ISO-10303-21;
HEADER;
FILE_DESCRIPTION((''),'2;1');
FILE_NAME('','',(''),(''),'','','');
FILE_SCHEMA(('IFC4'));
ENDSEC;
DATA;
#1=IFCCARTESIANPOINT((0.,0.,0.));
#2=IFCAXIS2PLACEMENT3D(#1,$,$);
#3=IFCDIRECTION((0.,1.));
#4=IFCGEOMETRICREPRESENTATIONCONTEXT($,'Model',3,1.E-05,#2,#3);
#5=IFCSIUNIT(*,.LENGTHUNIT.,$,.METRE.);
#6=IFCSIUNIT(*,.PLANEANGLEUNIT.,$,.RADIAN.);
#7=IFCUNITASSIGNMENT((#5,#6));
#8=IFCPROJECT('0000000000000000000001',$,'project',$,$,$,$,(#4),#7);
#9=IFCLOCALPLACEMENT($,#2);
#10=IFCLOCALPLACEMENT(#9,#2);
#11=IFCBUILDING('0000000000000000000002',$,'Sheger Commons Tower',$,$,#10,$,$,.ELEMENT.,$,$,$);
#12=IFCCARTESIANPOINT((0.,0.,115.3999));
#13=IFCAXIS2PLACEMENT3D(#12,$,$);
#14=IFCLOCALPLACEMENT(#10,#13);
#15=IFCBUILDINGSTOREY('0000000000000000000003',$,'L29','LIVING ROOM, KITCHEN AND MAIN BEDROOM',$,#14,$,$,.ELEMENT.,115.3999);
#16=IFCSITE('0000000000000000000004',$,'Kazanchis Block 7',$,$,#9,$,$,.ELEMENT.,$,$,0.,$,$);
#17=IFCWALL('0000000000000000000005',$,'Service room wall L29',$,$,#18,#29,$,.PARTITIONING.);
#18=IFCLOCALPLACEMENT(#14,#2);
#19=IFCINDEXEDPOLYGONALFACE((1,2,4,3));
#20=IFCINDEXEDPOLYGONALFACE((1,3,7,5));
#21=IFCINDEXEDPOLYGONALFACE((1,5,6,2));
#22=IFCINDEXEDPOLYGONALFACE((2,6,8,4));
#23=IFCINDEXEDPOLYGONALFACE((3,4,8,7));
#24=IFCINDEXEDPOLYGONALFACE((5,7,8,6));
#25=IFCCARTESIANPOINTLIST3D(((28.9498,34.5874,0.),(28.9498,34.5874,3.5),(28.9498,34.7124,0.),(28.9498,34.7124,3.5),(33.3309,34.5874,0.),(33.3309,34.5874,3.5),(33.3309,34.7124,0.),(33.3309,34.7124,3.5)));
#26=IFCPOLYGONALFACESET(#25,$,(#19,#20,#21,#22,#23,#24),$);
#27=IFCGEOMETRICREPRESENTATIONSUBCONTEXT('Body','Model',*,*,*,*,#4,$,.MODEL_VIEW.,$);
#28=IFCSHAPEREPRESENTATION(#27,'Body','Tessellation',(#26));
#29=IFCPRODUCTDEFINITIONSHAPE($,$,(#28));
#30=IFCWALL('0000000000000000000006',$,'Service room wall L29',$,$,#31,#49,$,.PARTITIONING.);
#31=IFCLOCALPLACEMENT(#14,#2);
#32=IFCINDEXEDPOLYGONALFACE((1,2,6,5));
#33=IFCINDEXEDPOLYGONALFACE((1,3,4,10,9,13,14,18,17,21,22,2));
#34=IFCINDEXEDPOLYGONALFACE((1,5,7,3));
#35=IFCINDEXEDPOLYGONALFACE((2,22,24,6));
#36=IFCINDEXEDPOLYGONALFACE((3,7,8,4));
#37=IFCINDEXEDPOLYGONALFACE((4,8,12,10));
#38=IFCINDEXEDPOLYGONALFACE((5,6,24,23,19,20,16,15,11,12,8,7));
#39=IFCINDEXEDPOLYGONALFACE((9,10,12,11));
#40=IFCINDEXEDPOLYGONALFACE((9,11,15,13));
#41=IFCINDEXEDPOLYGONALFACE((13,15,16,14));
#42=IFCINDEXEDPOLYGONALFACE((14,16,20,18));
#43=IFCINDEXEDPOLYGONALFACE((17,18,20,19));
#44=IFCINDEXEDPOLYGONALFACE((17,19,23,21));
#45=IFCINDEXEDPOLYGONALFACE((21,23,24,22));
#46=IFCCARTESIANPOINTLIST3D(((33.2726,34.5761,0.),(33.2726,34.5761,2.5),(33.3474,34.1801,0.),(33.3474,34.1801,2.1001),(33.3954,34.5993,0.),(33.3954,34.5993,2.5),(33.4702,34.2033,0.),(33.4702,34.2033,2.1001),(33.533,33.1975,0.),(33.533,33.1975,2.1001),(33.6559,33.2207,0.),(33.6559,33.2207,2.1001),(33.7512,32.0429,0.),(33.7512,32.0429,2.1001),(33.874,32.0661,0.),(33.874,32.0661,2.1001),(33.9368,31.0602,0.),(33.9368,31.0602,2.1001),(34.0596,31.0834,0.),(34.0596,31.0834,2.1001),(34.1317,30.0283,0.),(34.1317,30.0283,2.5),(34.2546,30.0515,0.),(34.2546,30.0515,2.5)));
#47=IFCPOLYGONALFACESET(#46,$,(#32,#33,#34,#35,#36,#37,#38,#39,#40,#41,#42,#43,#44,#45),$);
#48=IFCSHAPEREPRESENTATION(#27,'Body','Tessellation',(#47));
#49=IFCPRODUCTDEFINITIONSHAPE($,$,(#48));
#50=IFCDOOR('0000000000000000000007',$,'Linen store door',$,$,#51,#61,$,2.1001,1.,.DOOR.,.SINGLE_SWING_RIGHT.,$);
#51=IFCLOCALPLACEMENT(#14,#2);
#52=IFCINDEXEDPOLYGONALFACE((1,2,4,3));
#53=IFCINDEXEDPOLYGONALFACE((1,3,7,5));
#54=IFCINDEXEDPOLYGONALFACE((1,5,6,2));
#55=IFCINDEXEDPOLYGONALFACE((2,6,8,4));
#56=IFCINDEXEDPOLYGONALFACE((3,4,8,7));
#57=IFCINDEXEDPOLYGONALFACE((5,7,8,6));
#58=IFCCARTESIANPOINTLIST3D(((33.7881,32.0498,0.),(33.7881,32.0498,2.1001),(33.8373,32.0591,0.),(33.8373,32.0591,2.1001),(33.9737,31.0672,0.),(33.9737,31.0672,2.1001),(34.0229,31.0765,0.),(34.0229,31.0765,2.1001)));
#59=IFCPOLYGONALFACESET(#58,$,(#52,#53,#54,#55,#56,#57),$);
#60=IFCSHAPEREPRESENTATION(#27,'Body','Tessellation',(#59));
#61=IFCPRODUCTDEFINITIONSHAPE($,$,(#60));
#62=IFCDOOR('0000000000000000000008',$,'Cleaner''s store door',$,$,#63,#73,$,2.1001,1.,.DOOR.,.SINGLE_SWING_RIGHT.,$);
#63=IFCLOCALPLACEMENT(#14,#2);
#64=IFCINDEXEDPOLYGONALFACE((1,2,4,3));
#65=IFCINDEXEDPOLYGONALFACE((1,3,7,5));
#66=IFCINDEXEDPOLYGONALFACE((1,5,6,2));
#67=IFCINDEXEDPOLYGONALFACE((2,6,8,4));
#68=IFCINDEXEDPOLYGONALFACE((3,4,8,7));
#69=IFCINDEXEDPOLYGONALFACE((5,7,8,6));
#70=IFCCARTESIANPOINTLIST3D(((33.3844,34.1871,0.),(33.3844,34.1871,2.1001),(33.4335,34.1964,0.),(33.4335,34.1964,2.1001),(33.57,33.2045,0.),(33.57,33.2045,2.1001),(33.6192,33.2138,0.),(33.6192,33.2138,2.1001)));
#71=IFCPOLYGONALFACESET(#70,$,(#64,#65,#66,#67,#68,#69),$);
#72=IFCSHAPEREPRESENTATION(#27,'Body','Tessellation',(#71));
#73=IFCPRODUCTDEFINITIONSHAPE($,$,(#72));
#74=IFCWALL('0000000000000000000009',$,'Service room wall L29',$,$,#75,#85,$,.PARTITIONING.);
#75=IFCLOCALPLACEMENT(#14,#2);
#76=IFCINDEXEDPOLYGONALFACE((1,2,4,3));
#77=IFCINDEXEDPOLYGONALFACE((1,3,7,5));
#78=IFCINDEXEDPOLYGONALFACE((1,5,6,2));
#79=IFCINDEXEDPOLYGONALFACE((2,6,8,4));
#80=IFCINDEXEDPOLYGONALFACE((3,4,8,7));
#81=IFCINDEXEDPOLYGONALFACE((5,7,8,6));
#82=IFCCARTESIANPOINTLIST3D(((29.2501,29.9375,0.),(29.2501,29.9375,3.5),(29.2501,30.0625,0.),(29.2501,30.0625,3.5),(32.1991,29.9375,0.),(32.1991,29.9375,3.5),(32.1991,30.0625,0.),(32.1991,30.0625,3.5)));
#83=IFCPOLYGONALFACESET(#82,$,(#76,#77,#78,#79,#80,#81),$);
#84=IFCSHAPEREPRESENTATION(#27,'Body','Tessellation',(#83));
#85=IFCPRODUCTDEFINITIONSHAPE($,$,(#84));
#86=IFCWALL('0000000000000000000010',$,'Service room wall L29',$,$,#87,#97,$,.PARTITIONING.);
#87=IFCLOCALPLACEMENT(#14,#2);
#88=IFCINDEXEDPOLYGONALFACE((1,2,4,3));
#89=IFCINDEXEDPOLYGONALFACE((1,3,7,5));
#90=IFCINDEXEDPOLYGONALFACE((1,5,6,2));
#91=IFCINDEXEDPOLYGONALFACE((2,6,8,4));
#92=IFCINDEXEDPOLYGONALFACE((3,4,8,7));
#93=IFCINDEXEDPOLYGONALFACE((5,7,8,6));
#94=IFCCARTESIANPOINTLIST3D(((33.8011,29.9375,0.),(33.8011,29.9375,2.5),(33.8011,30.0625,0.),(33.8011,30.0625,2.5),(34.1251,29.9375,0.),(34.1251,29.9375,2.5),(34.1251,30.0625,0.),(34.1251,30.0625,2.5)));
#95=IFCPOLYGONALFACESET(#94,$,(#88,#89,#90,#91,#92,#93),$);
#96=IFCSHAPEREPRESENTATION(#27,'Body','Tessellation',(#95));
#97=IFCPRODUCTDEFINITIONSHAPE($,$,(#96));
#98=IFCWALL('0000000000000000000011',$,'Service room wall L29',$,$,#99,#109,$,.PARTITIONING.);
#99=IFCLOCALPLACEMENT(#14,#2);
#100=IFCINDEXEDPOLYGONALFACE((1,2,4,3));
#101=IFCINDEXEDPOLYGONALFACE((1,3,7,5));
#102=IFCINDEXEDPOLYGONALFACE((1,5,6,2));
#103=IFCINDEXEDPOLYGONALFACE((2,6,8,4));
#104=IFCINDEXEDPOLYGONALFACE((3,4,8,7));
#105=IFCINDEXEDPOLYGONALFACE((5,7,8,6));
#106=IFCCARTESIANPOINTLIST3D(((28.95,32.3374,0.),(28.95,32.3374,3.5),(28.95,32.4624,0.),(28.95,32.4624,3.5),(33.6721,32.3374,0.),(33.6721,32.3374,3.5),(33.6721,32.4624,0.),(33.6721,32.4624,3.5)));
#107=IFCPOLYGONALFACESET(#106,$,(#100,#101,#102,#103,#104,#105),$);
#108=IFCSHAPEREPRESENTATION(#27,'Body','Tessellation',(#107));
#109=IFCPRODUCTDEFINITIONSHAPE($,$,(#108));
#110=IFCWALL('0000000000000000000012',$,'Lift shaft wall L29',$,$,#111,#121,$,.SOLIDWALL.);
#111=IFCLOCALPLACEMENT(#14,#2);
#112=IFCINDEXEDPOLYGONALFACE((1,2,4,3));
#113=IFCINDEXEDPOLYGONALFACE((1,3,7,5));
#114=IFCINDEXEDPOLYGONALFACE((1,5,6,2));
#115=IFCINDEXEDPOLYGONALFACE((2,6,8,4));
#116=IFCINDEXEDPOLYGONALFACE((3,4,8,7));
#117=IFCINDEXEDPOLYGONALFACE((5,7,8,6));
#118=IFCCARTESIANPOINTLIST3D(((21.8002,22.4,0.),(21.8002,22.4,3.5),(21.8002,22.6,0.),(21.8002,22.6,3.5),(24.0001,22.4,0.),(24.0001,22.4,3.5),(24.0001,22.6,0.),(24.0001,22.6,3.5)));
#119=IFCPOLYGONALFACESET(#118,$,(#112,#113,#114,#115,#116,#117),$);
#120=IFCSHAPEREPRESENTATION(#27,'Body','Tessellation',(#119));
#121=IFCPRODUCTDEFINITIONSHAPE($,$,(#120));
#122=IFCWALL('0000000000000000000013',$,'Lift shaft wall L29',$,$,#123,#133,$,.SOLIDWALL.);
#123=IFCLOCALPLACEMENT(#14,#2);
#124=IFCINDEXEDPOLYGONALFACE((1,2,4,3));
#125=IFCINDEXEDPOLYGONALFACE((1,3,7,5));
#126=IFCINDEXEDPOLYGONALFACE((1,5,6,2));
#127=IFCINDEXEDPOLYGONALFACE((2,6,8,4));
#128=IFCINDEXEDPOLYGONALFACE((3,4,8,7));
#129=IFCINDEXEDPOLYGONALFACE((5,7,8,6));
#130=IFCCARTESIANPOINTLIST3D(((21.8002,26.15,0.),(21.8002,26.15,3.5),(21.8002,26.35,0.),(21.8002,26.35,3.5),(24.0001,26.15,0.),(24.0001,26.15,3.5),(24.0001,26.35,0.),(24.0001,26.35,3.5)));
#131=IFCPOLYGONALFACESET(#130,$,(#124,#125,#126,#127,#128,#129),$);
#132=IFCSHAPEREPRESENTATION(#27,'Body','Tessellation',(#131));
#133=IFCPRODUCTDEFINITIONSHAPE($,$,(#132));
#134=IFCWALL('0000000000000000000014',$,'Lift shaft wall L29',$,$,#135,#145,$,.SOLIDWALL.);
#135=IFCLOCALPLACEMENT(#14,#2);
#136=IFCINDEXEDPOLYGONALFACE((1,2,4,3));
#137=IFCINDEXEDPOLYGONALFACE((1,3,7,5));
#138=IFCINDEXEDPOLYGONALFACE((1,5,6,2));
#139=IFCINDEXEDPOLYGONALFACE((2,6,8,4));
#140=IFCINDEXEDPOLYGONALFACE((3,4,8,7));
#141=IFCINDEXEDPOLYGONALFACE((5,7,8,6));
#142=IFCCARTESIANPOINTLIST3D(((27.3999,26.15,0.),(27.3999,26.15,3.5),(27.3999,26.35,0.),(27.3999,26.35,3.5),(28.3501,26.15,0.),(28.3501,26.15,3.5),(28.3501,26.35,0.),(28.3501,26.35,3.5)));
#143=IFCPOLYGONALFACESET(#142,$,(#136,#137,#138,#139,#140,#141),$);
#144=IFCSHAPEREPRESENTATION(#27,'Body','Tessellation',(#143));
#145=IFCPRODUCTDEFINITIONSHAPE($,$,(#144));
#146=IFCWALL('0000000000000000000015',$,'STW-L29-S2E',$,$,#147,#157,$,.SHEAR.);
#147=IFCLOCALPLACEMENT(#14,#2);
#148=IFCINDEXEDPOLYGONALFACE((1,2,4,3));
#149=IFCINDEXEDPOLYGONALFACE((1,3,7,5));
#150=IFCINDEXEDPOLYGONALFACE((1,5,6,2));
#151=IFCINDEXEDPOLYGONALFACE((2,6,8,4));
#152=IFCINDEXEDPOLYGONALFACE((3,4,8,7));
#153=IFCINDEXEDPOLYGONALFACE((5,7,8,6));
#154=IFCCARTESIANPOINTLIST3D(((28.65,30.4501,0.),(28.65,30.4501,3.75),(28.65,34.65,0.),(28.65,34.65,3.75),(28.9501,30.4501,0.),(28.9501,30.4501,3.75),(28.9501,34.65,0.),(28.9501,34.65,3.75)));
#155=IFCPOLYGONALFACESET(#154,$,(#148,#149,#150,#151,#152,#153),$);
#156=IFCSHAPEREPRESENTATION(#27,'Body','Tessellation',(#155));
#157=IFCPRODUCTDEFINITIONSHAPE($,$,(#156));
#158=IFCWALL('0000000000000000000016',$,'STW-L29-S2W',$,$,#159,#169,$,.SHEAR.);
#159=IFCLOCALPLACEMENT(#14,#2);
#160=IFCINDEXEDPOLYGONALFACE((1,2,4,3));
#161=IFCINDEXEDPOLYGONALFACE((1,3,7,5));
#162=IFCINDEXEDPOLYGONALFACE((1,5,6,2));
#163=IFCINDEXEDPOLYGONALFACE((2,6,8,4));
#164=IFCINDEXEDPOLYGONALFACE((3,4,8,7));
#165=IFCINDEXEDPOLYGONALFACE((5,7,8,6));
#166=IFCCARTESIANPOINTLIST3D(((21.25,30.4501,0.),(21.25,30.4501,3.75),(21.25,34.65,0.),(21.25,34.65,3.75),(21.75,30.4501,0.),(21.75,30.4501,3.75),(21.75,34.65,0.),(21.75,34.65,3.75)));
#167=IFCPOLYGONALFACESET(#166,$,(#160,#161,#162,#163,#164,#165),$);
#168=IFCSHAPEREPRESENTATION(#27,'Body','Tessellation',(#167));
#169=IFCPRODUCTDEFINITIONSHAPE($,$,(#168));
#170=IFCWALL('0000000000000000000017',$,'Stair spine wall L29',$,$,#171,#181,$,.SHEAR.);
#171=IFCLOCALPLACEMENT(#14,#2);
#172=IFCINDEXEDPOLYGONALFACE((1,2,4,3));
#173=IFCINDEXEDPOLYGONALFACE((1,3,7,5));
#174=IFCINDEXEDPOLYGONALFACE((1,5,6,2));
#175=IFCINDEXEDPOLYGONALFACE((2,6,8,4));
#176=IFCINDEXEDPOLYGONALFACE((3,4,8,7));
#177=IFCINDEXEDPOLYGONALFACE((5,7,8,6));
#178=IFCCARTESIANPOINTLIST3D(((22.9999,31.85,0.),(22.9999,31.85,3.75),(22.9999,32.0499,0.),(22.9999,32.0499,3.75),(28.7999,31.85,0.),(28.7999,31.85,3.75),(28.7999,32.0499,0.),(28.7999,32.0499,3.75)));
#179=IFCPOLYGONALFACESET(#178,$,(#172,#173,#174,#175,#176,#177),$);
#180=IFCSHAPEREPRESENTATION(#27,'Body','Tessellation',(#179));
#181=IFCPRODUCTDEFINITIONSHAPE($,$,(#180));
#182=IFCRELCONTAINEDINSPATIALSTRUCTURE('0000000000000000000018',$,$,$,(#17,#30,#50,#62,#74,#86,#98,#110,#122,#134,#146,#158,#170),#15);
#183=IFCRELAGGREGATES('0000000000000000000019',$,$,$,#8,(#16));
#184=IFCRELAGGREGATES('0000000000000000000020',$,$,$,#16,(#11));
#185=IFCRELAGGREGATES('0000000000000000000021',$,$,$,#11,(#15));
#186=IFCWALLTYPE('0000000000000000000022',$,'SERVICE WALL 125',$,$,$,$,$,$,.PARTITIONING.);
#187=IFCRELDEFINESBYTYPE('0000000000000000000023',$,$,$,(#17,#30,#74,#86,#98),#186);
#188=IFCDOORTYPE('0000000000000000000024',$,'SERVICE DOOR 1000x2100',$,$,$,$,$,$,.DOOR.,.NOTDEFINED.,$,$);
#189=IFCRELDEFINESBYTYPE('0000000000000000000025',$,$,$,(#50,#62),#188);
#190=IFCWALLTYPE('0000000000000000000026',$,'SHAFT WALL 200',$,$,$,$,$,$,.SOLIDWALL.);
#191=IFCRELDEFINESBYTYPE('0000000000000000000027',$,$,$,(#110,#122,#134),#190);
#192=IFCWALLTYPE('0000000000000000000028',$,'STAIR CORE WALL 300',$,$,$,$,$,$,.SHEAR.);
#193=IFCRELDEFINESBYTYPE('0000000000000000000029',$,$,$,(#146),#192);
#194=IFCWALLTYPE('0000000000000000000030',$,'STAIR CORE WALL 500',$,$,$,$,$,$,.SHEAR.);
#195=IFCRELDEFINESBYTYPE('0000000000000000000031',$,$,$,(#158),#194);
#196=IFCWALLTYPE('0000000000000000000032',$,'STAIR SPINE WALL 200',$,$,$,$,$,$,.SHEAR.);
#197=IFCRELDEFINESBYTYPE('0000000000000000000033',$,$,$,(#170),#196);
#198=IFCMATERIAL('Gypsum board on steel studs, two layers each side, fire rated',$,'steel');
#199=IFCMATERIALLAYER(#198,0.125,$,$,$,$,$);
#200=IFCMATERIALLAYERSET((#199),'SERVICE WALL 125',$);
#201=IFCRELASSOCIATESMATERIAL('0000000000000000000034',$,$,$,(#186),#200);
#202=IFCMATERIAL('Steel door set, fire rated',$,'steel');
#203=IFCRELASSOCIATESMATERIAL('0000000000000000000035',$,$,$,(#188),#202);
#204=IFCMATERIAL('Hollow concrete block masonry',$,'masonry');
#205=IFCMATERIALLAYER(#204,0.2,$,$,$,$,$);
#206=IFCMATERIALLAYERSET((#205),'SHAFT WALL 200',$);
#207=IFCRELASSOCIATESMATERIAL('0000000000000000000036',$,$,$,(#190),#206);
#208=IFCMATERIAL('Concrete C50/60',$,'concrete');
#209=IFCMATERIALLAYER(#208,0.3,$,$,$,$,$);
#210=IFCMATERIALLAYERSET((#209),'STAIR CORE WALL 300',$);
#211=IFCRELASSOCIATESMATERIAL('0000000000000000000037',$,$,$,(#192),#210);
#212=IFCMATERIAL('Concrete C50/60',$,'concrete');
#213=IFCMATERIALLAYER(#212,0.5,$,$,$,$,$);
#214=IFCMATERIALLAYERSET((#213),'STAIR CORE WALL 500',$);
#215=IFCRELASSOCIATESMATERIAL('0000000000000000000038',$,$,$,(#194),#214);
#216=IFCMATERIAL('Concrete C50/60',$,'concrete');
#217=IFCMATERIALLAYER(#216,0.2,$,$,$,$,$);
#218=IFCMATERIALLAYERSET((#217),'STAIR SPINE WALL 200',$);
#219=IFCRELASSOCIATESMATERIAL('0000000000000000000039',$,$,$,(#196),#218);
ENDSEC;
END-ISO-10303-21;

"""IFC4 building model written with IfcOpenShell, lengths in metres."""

from ifc_helpers import new_model, si_unit, direction, frame, frame_2d, origin, place, context, subcontext, project, spatial, rectangle, extrude, material, layer, layer_set, type_object, element, fill, save


model = new_model("IFC4")

# Units and contexts
model_context = context("Model", 3, precision=1e-05, world=origin(), true_north=direction((0.0, 1.0)))
body_context = subcontext(model_context, "Body", "Model", "MODEL_VIEW")
ifc_project = project(units=[si_unit("LENGTHUNIT", "METRE"), si_unit("PLANEANGLEUNIT", "RADIAN")], contexts=[model_context])

# Site, building, storey
site_placement = place(None, origin())
site = spatial("IfcSite", under=ifc_project, at=site_placement, Name="Kazanchis Block 7", CompositionType="ELEMENT", RefElevation=0.0)
building_placement = place(site_placement, origin())
building = spatial("IfcBuilding", under=site, at=building_placement, Name="Sheger Commons Tower", CompositionType="ELEMENT")
storey_placement = place(building_placement, frame((0.0, 0.0, 115.3999)))
storey = spatial("IfcBuildingStorey", under=building, at=storey_placement, Name="L29", Description="LIVING ROOM, KITCHEN AND MAIN BEDROOM", CompositionType="ELEMENT", Elevation=115.3999)

# Wall
ifc_material_1 = material(Name="Gypsum board on steel studs, two layers each side, fire rated", Category="steel")
ifc_layer_1 = layer(ifc_material_1, 0.125)
ifc_layer_set_1 = layer_set([ifc_layer_1], Name="SERVICE WALL 125")
wall_type_1 = type_object("IfcWallType", Name="SERVICE WALL 125", PredefinedType="PARTITIONING", material=ifc_layer_set_1)
wall_1_placement = place(storey_placement, frame((28.95, 34.6499, 0.0), z_axis=(0.0, 0.0, 1.0), x_axis=(1.0, 0.0, 0.0)))
element("IfcWall", 1, at=wall_1_placement, inside=storey, type_object=wall_type_1, Name="Service room wall L29", PredefinedType="PARTITIONING", context=body_context, shape_type="SweptSolid", body=[
    extrude(rectangle(XDim=4.3811, YDim=0.125, at=frame_2d((2.1904, 0.0))), origin(), (0.0, 0.0, 1.0), 3.5),
])

# Wall, openings, doors
wall_2_placement = place(storey_placement, frame((34.1931, 30.04, 0.0), z_axis=(0.0, 0.0, 1.0), x_axis=(-0.185626, 0.98262, 0.0)))
wall_2 = element("IfcWall", 2, at=wall_2_placement, inside=storey, type_object=wall_type_1, Name="Service room wall L29", PredefinedType="PARTITIONING", context=body_context, shape_type="SweptSolid", body=[
    extrude(rectangle(XDim=4.6282, YDim=0.125, at=frame_2d((2.314, 0.0))), origin(), (0.0, 0.0, 1.0), 2.5),
])
opening_1_placement = place(wall_2_placement, frame((1.05, 0.0, 0.0)))
opening_1 = element("IfcOpeningElement", 3, at=opening_1_placement, cuts=wall_2, PredefinedType="OPENING", context=body_context, shape_type="SweptSolid", body=[
    extrude(rectangle(XDim=1.0, YDim=2.1001, at=frame_2d((0.5, 1.05))), frame((0.0, 0.0725, 0.0), z_axis=(0.0, -1.0, 0.0), x_axis=(1.0, 0.0, 0.0)), (0.0, 0.0, 1.0), 0.145),
])
opening_2_placement = place(wall_2_placement, frame((3.2251, 0.0, 0.0)))
opening_2 = element("IfcOpeningElement", 4, at=opening_2_placement, cuts=wall_2, PredefinedType="OPENING", context=body_context, shape_type="SweptSolid", body=[
    extrude(rectangle(XDim=1.0, YDim=2.1001, at=frame_2d((0.5, 1.05))), frame((0.0, 0.0725, 0.0), z_axis=(0.0, -1.0, 0.0), x_axis=(1.0, 0.0, 0.0)), (0.0, 0.0, 1.0), 0.145),
])
ifc_material_2 = material(Name="Steel door set, fire rated", Category="steel")
door_type_1 = type_object("IfcDoorType", Name="SERVICE DOOR 1000x2100", OperationType="NOTDEFINED", PredefinedType="DOOR", material=ifc_material_2)
door_1_placement = place(opening_1_placement, origin())
door_1 = element("IfcDoor", 5, at=door_1_placement, inside=storey, type_object=door_type_1, Name="Linen store door", OperationType="SINGLE_SWING_RIGHT", OverallHeight=2.1001, OverallWidth=1.0, PredefinedType="DOOR", context=body_context, shape_type="SweptSolid", body=[
    extrude(rectangle(XDim=1.0, YDim=2.1001, at=frame_2d((0.5, 1.05))), frame((0.0, 0.0249, 0.0), z_axis=(0.0, -1.0, 0.0), x_axis=(1.0, 0.0, 0.0)), (0.0, 0.0, 1.0), 0.05),
])
fill(opening_1, door_1)
door_2_placement = place(opening_2_placement, origin())
door_2 = element("IfcDoor", 6, at=door_2_placement, inside=storey, type_object=door_type_1, Name="Cleaner's store door", OperationType="SINGLE_SWING_RIGHT", OverallHeight=2.1001, OverallWidth=1.0, PredefinedType="DOOR", context=body_context, shape_type="SweptSolid", body=[
    extrude(rectangle(XDim=1.0, YDim=2.1001, at=frame_2d((0.5, 1.05))), frame((0.0, 0.0249, 0.0), z_axis=(0.0, -1.0, 0.0), x_axis=(1.0, 0.0, 0.0)), (0.0, 0.0, 1.0), 0.05),
])
fill(opening_2, door_2)

# Walls
wall_3_placement = place(storey_placement, frame((29.25, 30.0, 0.0), z_axis=(0.0, 0.0, 1.0), x_axis=(1.0, 0.0, 0.0)))
element("IfcWall", 7, at=wall_3_placement, inside=storey, type_object=wall_type_1, Name="Service room wall L29", PredefinedType="PARTITIONING", context=body_context, shape_type="SweptSolid", body=[
    extrude(rectangle(XDim=2.949, YDim=0.125, at=frame_2d((1.4746, 0.0))), origin(), (0.0, 0.0, 1.0), 3.5),
])
wall_4_placement = place(storey_placement, frame((33.801, 30.0, 0.0), z_axis=(0.0, 0.0, 1.0), x_axis=(1.0, 0.0, 0.0)))
element("IfcWall", 8, at=wall_4_placement, inside=storey, type_object=wall_type_1, Name="Service room wall L29", PredefinedType="PARTITIONING", context=body_context, shape_type="SweptSolid", body=[
    extrude(rectangle(XDim=0.324, YDim=0.125, at=frame_2d((0.1621, 0.0))), origin(), (0.0, 0.0, 1.0), 2.5),
])
wall_5_placement = place(storey_placement, frame((28.95, 32.3999, 0.0), z_axis=(0.0, 0.0, 1.0), x_axis=(1.0, 0.0, 0.0)))
element("IfcWall", 9, at=wall_5_placement, inside=storey, type_object=wall_type_1, Name="Service room wall L29", PredefinedType="PARTITIONING", context=body_context, shape_type="SweptSolid", body=[
    extrude(rectangle(XDim=4.7222, YDim=0.125, at=frame_2d((2.3611, 0.0))), origin(), (0.0, 0.0, 1.0), 3.5),
])
ifc_material_3 = material(Name="Hollow concrete block masonry", Category="masonry")
ifc_layer_2 = layer(ifc_material_3, 0.2)
ifc_layer_set_2 = layer_set([ifc_layer_2], Name="SHAFT WALL 200")
wall_type_2 = type_object("IfcWallType", Name="SHAFT WALL 200", PredefinedType="SOLIDWALL", material=ifc_layer_set_2)
for number, where, z_axis, x_axis, name in (
    (10, (21.8, 22.5, 0.0), (0.0, 0.0, 1.0), (1.0, 0.0, 0.0), "Lift shaft wall L29"),
    (11, (21.8, 26.25, 0.0), (0.0, 0.0, 1.0), (1.0, 0.0, 0.0), "Lift shaft wall L29"),
):
    element("IfcWall", number, at=place(storey_placement, frame(where, z_axis=z_axis, x_axis=x_axis)), inside=storey, type_object=wall_type_2, Name=name, PredefinedType="SOLIDWALL", context=body_context, shape_type="SweptSolid", body=[
        extrude(rectangle(XDim=2.2, YDim=0.2, at=frame_2d((1.1001, 0.0))), origin(), (0.0, 0.0, 1.0), 3.5),
    ])
wall_6_placement = place(storey_placement, frame((27.3999, 26.25, 0.0), z_axis=(0.0, 0.0, 1.0), x_axis=(1.0, 0.0, 0.0)))
element("IfcWall", 12, at=wall_6_placement, inside=storey, type_object=wall_type_2, Name="Lift shaft wall L29", PredefinedType="SOLIDWALL", context=body_context, shape_type="SweptSolid", body=[
    extrude(rectangle(XDim=0.9502, YDim=0.2, at=frame_2d((0.4751, 0.0))), origin(), (0.0, 0.0, 1.0), 3.5),
])
ifc_material_4 = material(Name="Concrete C50/60", Category="concrete")
ifc_layer_3 = layer(ifc_material_4, 0.3)
ifc_layer_set_3 = layer_set([ifc_layer_3], Name="STAIR CORE WALL 300")
wall_type_3 = type_object("IfcWallType", Name="STAIR CORE WALL 300", PredefinedType="SHEAR", material=ifc_layer_set_3)
wall_7_placement = place(storey_placement, frame((28.8, 30.45, 0.0), z_axis=(0.0, 0.0, 1.0), x_axis=(0.0, 1.0, 0.0)))
element("IfcWall", 13, at=wall_7_placement, inside=storey, type_object=wall_type_3, Name="STW-L29-S2E", PredefinedType="SHEAR", context=body_context, shape_type="SweptSolid", body=[
    extrude(rectangle(XDim=4.2, YDim=0.3, at=frame_2d((2.1001, 0.0))), origin(), (0.0, 0.0, 1.0), 3.75),
])
ifc_material_5 = material(Name="Concrete C50/60", Category="concrete")
ifc_layer_4 = layer(ifc_material_5, 0.5)
ifc_layer_set_4 = layer_set([ifc_layer_4], Name="STAIR CORE WALL 500")
wall_type_4 = type_object("IfcWallType", Name="STAIR CORE WALL 500", PredefinedType="SHEAR", material=ifc_layer_set_4)
wall_8_placement = place(storey_placement, frame((21.5, 30.45, 0.0), z_axis=(0.0, 0.0, 1.0), x_axis=(0.0, 1.0, 0.0)))
element("IfcWall", 14, at=wall_8_placement, inside=storey, type_object=wall_type_4, Name="STW-L29-S2W", PredefinedType="SHEAR", context=body_context, shape_type="SweptSolid", body=[
    extrude(rectangle(XDim=4.2, YDim=0.5, at=frame_2d((2.1001, 0.0))), origin(), (0.0, 0.0, 1.0), 3.75),
])
ifc_material_6 = material(Name="Concrete C50/60", Category="concrete")
ifc_layer_5 = layer(ifc_material_6, 0.2)
ifc_layer_set_5 = layer_set([ifc_layer_5], Name="STAIR SPINE WALL 200")
wall_type_5 = type_object("IfcWallType", Name="STAIR SPINE WALL 200", PredefinedType="SHEAR", material=ifc_layer_set_5)
wall_9_placement = place(storey_placement, frame((23.0, 31.95, 0.0), z_axis=(0.0, 0.0, 1.0), x_axis=(1.0, 0.0, 0.0)))
element("IfcWall", 15, at=wall_9_placement, inside=storey, type_object=wall_type_5, Name="Stair spine wall L29", PredefinedType="SHEAR", context=body_context, shape_type="SweptSolid", body=[
    extrude(rectangle(XDim=5.8, YDim=0.2, at=frame_2d((2.8999, 0.0))), origin(), (0.0, 0.0, 1.0), 3.75),
])

save(model, "model.ifc")
